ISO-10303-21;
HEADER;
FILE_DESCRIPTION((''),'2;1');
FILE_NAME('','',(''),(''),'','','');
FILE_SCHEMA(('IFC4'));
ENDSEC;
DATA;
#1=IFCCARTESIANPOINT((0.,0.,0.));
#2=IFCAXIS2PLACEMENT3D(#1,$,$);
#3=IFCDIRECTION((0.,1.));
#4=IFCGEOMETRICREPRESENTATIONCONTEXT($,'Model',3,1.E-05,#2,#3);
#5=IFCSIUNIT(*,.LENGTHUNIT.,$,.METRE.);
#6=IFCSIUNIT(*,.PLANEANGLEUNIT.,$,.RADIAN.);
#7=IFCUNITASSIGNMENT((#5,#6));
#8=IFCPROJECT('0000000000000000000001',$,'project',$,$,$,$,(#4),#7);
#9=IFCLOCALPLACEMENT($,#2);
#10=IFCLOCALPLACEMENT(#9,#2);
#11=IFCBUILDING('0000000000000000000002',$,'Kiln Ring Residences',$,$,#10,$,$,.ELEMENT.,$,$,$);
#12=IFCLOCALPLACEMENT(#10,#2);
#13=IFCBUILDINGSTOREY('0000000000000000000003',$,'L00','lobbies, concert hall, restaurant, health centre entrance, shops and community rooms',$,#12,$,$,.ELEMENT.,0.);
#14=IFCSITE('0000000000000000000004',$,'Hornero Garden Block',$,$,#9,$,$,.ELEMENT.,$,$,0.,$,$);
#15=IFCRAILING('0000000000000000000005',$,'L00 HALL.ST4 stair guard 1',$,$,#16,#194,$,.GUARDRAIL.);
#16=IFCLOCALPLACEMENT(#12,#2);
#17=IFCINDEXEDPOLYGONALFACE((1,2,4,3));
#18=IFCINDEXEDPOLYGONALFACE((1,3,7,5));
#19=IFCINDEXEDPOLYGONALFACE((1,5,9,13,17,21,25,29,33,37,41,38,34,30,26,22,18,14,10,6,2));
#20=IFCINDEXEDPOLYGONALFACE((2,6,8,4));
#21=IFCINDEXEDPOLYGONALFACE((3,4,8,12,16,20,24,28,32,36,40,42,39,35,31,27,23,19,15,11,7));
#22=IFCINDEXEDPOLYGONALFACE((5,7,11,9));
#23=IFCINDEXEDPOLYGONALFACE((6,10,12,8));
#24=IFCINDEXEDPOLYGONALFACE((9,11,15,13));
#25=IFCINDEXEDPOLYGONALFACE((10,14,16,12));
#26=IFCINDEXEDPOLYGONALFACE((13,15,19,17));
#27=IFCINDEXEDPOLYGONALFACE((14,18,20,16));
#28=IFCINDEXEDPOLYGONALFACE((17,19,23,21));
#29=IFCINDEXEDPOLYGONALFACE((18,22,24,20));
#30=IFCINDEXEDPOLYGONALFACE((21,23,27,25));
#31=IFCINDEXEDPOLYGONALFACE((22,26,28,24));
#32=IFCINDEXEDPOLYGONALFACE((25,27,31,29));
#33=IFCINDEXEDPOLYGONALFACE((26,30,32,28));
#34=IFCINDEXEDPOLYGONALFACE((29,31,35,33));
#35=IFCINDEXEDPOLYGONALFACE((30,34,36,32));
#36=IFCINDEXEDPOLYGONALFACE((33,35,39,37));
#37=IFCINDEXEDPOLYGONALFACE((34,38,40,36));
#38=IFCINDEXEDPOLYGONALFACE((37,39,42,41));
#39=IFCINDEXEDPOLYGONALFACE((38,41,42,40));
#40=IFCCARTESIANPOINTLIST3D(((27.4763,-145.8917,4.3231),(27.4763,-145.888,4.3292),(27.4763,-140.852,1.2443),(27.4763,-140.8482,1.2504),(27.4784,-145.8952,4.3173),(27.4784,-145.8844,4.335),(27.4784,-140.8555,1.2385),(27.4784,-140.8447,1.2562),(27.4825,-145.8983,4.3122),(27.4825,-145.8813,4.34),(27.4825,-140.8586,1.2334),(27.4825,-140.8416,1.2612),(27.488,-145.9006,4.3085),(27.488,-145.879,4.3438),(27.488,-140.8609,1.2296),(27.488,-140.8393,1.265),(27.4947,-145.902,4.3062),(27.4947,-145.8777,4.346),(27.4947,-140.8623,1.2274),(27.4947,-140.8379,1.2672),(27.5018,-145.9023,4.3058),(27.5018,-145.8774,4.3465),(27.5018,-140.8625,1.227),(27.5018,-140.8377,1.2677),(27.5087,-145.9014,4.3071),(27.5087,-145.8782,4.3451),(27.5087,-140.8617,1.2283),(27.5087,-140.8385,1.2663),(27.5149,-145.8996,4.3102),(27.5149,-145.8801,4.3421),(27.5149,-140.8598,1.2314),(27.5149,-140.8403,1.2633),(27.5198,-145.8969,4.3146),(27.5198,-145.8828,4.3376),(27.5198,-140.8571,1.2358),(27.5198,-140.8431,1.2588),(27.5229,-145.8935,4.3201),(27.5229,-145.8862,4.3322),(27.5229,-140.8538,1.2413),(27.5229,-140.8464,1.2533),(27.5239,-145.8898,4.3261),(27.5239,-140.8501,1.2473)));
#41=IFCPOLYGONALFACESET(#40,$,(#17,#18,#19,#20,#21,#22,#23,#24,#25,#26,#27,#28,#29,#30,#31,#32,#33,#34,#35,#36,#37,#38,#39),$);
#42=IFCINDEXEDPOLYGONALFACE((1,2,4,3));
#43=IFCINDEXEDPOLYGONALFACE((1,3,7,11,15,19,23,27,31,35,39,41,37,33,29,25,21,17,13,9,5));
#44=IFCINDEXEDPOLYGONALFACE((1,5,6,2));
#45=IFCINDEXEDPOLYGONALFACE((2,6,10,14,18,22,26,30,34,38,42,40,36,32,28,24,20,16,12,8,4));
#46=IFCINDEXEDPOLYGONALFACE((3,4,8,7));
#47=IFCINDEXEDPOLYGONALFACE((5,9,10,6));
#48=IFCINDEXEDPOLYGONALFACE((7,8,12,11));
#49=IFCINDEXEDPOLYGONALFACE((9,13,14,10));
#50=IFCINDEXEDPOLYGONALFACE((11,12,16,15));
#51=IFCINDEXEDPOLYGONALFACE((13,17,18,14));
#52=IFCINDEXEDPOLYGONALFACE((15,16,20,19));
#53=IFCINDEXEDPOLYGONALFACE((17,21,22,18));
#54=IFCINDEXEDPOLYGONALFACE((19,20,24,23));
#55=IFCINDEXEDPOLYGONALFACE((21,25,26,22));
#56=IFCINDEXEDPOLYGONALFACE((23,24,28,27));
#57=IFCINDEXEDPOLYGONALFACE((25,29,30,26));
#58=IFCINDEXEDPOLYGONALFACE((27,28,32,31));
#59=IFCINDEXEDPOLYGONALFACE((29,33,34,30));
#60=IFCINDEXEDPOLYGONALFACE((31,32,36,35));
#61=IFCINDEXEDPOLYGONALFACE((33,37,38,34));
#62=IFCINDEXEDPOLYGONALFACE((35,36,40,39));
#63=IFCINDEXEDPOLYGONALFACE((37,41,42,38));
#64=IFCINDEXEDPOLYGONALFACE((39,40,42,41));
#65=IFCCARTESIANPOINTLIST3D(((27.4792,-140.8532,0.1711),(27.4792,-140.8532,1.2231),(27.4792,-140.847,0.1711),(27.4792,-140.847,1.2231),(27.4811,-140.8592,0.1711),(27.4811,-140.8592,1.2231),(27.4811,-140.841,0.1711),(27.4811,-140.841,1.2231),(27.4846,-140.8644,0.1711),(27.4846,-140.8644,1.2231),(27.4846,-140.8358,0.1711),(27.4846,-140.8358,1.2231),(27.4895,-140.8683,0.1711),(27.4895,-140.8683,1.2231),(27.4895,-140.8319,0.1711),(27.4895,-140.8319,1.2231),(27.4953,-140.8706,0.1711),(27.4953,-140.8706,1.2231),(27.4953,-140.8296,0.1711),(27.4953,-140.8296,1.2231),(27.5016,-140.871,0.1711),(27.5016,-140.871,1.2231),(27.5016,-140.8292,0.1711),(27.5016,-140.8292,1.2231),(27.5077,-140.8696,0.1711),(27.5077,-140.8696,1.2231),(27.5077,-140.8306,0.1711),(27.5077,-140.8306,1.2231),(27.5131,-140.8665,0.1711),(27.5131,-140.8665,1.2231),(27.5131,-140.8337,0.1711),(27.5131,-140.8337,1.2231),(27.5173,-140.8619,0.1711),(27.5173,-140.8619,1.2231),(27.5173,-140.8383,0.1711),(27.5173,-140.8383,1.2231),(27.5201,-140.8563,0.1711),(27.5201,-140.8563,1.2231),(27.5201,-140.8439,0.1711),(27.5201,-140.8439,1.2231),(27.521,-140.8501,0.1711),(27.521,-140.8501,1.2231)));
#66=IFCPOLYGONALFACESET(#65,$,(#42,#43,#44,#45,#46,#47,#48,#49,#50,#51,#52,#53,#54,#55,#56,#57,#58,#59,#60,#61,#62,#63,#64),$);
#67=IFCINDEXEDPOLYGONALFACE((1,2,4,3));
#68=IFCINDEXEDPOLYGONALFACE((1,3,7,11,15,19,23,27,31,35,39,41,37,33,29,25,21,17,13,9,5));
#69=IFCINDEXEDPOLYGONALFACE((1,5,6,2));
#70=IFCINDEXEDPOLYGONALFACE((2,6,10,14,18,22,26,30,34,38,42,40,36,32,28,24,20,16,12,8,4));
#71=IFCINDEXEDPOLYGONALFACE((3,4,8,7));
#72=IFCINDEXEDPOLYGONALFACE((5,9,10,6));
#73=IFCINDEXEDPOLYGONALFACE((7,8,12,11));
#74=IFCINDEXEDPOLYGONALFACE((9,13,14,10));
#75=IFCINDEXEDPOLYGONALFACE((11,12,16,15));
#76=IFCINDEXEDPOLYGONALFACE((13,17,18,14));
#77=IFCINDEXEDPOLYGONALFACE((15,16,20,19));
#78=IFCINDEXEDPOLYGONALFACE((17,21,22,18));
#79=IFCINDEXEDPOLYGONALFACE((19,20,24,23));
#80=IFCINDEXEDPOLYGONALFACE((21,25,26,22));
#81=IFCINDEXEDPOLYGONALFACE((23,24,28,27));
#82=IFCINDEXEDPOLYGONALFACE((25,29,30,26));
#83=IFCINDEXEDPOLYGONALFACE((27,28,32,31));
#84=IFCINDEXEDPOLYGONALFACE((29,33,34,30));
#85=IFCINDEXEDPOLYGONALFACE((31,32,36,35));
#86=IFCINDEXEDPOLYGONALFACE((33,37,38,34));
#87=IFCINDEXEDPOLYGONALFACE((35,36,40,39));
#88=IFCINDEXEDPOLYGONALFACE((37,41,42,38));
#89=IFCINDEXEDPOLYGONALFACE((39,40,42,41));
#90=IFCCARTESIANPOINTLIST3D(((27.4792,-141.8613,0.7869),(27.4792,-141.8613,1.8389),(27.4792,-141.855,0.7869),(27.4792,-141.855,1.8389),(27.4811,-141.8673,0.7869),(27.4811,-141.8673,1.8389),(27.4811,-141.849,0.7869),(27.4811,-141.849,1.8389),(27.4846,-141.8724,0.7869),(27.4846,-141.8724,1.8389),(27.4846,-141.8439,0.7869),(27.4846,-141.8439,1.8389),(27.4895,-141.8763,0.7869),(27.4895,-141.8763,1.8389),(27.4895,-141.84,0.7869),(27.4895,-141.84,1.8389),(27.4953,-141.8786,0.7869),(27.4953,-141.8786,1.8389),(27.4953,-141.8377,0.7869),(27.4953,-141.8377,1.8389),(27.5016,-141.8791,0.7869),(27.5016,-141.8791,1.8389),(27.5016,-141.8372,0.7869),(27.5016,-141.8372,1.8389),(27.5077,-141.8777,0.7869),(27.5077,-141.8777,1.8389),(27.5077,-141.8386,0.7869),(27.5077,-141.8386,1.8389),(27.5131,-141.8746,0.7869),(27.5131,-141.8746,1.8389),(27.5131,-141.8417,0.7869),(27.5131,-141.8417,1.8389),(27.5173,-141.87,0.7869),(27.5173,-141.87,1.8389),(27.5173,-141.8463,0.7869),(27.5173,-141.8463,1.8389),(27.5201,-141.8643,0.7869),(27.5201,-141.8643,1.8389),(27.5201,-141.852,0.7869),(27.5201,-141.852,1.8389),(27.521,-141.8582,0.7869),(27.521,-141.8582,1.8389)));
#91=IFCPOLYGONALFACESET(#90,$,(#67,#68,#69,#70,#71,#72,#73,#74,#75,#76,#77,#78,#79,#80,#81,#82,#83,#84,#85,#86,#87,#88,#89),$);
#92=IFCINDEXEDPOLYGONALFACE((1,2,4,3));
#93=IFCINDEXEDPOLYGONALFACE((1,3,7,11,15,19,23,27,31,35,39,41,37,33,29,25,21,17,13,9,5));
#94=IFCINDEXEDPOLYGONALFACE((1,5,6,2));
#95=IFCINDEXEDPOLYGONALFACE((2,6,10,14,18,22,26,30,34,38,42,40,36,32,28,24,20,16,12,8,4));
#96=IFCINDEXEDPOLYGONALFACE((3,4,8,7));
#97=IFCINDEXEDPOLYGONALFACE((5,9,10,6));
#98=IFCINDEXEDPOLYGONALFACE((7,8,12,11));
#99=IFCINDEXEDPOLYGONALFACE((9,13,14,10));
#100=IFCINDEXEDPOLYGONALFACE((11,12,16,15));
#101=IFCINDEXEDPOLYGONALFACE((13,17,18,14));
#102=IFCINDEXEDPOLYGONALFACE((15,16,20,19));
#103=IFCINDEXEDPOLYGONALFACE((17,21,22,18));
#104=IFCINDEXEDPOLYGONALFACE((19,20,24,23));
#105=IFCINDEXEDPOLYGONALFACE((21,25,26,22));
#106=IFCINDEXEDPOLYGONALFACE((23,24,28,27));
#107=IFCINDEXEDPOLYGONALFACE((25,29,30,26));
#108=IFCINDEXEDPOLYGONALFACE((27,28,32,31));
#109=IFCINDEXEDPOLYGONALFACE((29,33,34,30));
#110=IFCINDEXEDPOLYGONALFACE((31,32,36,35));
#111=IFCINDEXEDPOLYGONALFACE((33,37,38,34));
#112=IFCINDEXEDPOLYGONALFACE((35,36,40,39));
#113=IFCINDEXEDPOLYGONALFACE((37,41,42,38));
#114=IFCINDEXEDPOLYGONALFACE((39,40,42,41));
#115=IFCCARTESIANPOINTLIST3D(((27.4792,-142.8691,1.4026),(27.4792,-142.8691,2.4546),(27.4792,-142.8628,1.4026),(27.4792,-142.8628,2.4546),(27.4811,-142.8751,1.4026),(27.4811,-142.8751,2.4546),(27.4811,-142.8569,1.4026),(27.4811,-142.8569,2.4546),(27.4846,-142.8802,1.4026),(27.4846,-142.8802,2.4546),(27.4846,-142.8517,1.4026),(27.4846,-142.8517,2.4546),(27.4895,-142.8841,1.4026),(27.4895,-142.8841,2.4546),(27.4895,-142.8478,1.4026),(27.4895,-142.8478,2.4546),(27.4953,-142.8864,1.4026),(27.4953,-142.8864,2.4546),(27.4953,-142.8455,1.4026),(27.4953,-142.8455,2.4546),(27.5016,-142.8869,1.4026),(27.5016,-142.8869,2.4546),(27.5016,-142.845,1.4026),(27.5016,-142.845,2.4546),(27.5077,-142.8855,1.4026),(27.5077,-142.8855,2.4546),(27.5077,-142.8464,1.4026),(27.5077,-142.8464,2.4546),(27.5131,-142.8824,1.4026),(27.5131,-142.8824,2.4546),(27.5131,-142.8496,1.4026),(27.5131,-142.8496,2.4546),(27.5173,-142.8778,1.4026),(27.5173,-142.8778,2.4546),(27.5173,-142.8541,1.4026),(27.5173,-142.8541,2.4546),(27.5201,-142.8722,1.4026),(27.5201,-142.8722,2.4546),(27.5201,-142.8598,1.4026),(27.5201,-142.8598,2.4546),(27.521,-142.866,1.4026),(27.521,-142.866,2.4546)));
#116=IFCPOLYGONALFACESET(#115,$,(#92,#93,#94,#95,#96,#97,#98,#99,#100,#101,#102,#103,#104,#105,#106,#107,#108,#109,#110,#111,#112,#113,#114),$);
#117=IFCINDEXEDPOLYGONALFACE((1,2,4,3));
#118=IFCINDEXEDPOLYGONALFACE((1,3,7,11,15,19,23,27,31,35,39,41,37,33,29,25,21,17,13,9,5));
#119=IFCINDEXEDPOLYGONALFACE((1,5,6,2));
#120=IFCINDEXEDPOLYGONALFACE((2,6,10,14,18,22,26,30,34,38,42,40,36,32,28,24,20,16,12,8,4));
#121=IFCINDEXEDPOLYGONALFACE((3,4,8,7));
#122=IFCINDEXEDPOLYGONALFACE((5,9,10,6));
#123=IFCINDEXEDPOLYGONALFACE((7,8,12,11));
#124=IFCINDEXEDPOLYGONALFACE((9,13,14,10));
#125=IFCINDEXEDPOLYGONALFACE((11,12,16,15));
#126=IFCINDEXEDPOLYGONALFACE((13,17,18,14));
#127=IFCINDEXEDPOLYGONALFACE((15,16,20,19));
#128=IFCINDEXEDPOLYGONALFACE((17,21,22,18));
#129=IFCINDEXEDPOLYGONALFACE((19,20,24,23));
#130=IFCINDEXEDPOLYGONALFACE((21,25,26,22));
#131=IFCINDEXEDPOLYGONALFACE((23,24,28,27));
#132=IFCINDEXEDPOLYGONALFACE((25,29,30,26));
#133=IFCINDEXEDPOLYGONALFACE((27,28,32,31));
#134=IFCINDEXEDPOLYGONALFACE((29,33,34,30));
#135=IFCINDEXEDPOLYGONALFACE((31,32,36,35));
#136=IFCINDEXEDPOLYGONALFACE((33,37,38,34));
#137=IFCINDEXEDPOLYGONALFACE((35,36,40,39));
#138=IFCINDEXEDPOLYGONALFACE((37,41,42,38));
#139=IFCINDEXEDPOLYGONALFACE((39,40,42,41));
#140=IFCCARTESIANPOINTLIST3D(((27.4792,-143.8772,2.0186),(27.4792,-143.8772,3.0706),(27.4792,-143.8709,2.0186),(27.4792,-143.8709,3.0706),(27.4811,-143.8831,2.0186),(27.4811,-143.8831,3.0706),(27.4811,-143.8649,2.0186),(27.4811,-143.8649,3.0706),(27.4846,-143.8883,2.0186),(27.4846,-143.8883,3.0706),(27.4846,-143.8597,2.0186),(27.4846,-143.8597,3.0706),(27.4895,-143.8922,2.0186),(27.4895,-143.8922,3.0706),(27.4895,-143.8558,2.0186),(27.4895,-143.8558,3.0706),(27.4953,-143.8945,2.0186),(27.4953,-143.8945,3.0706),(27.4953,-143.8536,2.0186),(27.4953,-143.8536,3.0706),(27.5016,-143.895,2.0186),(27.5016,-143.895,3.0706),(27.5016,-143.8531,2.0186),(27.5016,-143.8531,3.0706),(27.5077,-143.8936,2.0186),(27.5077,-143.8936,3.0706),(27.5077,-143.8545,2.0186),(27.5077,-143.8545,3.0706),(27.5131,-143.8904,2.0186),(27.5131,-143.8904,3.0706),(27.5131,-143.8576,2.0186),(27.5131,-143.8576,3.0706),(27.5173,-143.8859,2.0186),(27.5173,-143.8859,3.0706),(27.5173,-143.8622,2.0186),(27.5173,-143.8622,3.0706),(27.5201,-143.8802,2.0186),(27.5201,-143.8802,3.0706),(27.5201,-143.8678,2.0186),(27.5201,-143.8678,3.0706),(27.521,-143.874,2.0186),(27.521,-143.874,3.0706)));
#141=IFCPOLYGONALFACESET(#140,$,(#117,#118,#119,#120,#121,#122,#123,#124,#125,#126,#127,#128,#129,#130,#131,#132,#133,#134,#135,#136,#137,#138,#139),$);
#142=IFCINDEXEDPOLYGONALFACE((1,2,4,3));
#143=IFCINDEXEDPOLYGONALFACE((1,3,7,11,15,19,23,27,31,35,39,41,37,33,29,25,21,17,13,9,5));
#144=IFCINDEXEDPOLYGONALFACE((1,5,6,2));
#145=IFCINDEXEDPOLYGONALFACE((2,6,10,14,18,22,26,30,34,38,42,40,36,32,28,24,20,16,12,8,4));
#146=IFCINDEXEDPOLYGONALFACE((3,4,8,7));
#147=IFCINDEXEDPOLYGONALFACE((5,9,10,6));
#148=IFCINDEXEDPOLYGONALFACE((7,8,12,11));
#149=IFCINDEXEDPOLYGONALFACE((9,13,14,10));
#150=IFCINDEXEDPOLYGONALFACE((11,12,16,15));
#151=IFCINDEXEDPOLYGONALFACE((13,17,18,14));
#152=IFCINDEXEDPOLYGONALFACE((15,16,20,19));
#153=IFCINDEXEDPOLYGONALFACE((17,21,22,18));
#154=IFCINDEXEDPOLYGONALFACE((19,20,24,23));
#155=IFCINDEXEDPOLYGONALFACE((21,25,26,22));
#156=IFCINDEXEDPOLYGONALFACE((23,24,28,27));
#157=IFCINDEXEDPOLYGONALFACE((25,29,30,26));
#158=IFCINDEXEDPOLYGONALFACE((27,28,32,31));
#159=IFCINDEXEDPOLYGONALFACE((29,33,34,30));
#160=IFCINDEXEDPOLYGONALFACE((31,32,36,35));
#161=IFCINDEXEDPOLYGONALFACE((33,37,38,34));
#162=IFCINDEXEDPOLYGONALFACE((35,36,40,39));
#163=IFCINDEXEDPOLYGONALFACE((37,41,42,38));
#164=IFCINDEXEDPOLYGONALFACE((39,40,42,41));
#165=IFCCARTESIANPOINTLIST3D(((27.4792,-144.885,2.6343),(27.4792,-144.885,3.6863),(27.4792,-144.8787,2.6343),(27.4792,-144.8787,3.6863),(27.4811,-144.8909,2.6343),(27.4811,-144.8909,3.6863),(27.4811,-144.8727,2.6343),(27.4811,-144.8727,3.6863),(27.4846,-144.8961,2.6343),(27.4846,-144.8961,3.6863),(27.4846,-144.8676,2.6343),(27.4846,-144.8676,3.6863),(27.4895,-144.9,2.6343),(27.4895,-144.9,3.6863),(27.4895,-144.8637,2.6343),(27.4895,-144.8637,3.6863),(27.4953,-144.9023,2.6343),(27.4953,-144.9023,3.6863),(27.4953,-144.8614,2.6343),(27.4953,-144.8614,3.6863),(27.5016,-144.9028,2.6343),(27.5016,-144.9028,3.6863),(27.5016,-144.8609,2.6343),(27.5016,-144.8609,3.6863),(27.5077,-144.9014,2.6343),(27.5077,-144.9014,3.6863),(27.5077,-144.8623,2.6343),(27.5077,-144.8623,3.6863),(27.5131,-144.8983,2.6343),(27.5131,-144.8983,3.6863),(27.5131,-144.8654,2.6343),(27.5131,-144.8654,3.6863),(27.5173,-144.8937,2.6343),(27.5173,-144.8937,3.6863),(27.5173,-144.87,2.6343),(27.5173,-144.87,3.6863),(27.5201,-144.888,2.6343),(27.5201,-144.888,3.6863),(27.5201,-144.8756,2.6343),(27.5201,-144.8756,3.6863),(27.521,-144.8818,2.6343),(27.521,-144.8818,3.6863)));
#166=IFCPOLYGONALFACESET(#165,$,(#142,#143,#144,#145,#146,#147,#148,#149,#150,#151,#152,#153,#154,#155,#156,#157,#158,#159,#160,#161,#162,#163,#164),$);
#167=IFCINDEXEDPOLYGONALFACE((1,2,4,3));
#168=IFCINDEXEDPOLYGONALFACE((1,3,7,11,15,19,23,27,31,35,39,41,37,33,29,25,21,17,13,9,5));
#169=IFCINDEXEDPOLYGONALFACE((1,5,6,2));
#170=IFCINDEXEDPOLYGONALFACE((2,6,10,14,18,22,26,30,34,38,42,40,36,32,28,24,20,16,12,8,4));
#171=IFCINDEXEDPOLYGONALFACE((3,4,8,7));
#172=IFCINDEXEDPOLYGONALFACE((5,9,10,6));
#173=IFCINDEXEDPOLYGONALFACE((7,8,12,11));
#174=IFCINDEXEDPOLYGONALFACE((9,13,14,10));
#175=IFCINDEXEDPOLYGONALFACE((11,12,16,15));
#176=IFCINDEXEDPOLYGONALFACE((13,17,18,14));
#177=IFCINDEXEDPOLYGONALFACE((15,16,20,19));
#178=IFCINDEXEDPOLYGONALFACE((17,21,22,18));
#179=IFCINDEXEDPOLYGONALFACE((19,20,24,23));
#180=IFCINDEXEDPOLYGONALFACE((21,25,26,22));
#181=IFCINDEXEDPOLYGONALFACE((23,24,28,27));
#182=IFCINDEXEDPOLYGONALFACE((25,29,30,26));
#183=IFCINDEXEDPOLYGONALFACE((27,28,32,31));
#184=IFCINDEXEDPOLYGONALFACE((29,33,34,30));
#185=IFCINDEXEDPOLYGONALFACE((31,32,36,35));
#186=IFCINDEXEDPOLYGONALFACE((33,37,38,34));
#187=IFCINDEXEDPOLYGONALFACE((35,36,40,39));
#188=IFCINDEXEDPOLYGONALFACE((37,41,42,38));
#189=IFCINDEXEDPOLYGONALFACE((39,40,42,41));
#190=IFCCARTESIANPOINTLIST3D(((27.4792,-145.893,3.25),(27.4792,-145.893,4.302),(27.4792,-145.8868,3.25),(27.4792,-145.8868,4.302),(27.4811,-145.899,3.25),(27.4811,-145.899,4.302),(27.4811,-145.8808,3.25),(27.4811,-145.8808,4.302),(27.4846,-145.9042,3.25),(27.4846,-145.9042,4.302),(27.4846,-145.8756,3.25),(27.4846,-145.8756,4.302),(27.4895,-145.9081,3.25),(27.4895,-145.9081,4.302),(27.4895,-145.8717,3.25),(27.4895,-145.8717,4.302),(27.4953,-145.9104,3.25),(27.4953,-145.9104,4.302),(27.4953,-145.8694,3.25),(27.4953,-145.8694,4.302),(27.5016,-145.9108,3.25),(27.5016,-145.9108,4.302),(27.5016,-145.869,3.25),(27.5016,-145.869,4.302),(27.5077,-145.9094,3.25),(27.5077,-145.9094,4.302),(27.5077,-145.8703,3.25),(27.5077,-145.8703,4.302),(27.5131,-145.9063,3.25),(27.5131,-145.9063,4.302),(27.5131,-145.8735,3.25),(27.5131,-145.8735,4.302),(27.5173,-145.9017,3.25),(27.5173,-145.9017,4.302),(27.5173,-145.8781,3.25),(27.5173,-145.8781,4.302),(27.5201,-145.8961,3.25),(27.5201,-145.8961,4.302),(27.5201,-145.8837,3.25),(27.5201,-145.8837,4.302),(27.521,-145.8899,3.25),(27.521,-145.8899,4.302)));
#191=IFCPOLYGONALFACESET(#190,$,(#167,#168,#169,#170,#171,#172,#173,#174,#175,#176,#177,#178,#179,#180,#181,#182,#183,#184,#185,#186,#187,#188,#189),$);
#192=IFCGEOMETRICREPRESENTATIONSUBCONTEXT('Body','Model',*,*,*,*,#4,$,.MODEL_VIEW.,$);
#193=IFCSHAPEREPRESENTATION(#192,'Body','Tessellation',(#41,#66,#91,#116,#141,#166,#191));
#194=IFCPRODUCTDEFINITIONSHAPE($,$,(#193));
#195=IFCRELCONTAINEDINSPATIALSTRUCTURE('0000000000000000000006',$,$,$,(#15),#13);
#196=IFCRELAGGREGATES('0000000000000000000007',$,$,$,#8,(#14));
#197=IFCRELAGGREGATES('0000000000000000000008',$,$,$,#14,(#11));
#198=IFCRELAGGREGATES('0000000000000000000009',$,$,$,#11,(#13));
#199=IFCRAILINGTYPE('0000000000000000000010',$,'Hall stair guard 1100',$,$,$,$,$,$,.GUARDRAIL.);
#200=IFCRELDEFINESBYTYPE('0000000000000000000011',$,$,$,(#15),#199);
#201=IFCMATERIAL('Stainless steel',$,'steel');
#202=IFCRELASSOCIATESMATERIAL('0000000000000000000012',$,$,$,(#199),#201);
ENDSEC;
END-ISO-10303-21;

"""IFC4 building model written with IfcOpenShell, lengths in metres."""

from ifc_helpers import new_model, si_unit, direction, frame, origin, origin_2d, place, context, subcontext, project, spatial, circle, extrude, material, type_object, element, save


model = new_model("IFC4")

# Units and contexts
model_context = context("Model", 3, precision=1e-05, world=origin(), true_north=direction((0.0, 1.0)))
body_context = subcontext(model_context, "Body", "Model", "MODEL_VIEW")
ifc_project = project(units=[si_unit("LENGTHUNIT", "METRE"), si_unit("PLANEANGLEUNIT", "RADIAN")], contexts=[model_context])

# Site, building, storey
site_placement = place(None, origin())
site = spatial("IfcSite", under=ifc_project, at=site_placement, Name="Hornero Garden Block", CompositionType="ELEMENT", RefElevation=0.0)
building_placement = place(site_placement, origin())
building = spatial("IfcBuilding", under=site, at=building_placement, Name="Kiln Ring Residences", CompositionType="ELEMENT")
storey_placement = place(building_placement, origin())
storey = spatial("IfcBuildingStorey", under=building, at=storey_placement, Name="L00", Description="lobbies, concert hall, restaurant, health centre entrance, shops and community rooms", CompositionType="ELEMENT", Elevation=0.0)

# Railing
ifc_material_1 = material(Name="Stainless steel", Category="steel")
railing_type_1 = type_object("IfcRailingType", Name="Hall stair guard 1100", PredefinedType="GUARDRAIL", material=ifc_material_1)
railing_1_placement = place(storey_placement, frame((27.5, -140.8501, 0.1711)))
element("IfcRailing", 1, at=railing_1_placement, inside=storey, type_object=railing_type_1, Name="L00 HALL.ST4 stair guard 1", PredefinedType="GUARDRAIL", context=body_context, shape_type="SweptSolid", body=[
    extrude(circle(Radius=0.0239, at=origin_2d()), frame((0.0, 0.0, 1.0762), z_axis=(0.0, -0.853358, 0.521325), x_axis=(1.0, 0.0, 0.0)), (0.0, 0.0, 1.0), 5.9058),
    extrude(circle(Radius=0.021, at=origin_2d()), origin(), (0.0, 0.0, 1.0), 1.052),
    extrude(circle(Radius=0.021, at=origin_2d()), frame((0.0, -1.0081, 0.6157)), (0.0, 0.0, 1.0), 1.052),
    extrude(circle(Radius=0.021, at=origin_2d()), frame((0.0, -2.0159, 1.2314)), (0.0, 0.0, 1.0), 1.052),
    extrude(circle(Radius=0.021, at=origin_2d()), frame((0.0, -3.0239, 1.8474)), (0.0, 0.0, 1.0), 1.052),
    extrude(circle(Radius=0.021, at=origin_2d()), frame((0.0, -4.0317, 2.4631)), (0.0, 0.0, 1.0), 1.052),
    extrude(circle(Radius=0.021, at=origin_2d()), frame((0.0, -5.0398, 3.0789)), (0.0, 0.0, 1.0), 1.052),
])

save(model, "model.ifc")
